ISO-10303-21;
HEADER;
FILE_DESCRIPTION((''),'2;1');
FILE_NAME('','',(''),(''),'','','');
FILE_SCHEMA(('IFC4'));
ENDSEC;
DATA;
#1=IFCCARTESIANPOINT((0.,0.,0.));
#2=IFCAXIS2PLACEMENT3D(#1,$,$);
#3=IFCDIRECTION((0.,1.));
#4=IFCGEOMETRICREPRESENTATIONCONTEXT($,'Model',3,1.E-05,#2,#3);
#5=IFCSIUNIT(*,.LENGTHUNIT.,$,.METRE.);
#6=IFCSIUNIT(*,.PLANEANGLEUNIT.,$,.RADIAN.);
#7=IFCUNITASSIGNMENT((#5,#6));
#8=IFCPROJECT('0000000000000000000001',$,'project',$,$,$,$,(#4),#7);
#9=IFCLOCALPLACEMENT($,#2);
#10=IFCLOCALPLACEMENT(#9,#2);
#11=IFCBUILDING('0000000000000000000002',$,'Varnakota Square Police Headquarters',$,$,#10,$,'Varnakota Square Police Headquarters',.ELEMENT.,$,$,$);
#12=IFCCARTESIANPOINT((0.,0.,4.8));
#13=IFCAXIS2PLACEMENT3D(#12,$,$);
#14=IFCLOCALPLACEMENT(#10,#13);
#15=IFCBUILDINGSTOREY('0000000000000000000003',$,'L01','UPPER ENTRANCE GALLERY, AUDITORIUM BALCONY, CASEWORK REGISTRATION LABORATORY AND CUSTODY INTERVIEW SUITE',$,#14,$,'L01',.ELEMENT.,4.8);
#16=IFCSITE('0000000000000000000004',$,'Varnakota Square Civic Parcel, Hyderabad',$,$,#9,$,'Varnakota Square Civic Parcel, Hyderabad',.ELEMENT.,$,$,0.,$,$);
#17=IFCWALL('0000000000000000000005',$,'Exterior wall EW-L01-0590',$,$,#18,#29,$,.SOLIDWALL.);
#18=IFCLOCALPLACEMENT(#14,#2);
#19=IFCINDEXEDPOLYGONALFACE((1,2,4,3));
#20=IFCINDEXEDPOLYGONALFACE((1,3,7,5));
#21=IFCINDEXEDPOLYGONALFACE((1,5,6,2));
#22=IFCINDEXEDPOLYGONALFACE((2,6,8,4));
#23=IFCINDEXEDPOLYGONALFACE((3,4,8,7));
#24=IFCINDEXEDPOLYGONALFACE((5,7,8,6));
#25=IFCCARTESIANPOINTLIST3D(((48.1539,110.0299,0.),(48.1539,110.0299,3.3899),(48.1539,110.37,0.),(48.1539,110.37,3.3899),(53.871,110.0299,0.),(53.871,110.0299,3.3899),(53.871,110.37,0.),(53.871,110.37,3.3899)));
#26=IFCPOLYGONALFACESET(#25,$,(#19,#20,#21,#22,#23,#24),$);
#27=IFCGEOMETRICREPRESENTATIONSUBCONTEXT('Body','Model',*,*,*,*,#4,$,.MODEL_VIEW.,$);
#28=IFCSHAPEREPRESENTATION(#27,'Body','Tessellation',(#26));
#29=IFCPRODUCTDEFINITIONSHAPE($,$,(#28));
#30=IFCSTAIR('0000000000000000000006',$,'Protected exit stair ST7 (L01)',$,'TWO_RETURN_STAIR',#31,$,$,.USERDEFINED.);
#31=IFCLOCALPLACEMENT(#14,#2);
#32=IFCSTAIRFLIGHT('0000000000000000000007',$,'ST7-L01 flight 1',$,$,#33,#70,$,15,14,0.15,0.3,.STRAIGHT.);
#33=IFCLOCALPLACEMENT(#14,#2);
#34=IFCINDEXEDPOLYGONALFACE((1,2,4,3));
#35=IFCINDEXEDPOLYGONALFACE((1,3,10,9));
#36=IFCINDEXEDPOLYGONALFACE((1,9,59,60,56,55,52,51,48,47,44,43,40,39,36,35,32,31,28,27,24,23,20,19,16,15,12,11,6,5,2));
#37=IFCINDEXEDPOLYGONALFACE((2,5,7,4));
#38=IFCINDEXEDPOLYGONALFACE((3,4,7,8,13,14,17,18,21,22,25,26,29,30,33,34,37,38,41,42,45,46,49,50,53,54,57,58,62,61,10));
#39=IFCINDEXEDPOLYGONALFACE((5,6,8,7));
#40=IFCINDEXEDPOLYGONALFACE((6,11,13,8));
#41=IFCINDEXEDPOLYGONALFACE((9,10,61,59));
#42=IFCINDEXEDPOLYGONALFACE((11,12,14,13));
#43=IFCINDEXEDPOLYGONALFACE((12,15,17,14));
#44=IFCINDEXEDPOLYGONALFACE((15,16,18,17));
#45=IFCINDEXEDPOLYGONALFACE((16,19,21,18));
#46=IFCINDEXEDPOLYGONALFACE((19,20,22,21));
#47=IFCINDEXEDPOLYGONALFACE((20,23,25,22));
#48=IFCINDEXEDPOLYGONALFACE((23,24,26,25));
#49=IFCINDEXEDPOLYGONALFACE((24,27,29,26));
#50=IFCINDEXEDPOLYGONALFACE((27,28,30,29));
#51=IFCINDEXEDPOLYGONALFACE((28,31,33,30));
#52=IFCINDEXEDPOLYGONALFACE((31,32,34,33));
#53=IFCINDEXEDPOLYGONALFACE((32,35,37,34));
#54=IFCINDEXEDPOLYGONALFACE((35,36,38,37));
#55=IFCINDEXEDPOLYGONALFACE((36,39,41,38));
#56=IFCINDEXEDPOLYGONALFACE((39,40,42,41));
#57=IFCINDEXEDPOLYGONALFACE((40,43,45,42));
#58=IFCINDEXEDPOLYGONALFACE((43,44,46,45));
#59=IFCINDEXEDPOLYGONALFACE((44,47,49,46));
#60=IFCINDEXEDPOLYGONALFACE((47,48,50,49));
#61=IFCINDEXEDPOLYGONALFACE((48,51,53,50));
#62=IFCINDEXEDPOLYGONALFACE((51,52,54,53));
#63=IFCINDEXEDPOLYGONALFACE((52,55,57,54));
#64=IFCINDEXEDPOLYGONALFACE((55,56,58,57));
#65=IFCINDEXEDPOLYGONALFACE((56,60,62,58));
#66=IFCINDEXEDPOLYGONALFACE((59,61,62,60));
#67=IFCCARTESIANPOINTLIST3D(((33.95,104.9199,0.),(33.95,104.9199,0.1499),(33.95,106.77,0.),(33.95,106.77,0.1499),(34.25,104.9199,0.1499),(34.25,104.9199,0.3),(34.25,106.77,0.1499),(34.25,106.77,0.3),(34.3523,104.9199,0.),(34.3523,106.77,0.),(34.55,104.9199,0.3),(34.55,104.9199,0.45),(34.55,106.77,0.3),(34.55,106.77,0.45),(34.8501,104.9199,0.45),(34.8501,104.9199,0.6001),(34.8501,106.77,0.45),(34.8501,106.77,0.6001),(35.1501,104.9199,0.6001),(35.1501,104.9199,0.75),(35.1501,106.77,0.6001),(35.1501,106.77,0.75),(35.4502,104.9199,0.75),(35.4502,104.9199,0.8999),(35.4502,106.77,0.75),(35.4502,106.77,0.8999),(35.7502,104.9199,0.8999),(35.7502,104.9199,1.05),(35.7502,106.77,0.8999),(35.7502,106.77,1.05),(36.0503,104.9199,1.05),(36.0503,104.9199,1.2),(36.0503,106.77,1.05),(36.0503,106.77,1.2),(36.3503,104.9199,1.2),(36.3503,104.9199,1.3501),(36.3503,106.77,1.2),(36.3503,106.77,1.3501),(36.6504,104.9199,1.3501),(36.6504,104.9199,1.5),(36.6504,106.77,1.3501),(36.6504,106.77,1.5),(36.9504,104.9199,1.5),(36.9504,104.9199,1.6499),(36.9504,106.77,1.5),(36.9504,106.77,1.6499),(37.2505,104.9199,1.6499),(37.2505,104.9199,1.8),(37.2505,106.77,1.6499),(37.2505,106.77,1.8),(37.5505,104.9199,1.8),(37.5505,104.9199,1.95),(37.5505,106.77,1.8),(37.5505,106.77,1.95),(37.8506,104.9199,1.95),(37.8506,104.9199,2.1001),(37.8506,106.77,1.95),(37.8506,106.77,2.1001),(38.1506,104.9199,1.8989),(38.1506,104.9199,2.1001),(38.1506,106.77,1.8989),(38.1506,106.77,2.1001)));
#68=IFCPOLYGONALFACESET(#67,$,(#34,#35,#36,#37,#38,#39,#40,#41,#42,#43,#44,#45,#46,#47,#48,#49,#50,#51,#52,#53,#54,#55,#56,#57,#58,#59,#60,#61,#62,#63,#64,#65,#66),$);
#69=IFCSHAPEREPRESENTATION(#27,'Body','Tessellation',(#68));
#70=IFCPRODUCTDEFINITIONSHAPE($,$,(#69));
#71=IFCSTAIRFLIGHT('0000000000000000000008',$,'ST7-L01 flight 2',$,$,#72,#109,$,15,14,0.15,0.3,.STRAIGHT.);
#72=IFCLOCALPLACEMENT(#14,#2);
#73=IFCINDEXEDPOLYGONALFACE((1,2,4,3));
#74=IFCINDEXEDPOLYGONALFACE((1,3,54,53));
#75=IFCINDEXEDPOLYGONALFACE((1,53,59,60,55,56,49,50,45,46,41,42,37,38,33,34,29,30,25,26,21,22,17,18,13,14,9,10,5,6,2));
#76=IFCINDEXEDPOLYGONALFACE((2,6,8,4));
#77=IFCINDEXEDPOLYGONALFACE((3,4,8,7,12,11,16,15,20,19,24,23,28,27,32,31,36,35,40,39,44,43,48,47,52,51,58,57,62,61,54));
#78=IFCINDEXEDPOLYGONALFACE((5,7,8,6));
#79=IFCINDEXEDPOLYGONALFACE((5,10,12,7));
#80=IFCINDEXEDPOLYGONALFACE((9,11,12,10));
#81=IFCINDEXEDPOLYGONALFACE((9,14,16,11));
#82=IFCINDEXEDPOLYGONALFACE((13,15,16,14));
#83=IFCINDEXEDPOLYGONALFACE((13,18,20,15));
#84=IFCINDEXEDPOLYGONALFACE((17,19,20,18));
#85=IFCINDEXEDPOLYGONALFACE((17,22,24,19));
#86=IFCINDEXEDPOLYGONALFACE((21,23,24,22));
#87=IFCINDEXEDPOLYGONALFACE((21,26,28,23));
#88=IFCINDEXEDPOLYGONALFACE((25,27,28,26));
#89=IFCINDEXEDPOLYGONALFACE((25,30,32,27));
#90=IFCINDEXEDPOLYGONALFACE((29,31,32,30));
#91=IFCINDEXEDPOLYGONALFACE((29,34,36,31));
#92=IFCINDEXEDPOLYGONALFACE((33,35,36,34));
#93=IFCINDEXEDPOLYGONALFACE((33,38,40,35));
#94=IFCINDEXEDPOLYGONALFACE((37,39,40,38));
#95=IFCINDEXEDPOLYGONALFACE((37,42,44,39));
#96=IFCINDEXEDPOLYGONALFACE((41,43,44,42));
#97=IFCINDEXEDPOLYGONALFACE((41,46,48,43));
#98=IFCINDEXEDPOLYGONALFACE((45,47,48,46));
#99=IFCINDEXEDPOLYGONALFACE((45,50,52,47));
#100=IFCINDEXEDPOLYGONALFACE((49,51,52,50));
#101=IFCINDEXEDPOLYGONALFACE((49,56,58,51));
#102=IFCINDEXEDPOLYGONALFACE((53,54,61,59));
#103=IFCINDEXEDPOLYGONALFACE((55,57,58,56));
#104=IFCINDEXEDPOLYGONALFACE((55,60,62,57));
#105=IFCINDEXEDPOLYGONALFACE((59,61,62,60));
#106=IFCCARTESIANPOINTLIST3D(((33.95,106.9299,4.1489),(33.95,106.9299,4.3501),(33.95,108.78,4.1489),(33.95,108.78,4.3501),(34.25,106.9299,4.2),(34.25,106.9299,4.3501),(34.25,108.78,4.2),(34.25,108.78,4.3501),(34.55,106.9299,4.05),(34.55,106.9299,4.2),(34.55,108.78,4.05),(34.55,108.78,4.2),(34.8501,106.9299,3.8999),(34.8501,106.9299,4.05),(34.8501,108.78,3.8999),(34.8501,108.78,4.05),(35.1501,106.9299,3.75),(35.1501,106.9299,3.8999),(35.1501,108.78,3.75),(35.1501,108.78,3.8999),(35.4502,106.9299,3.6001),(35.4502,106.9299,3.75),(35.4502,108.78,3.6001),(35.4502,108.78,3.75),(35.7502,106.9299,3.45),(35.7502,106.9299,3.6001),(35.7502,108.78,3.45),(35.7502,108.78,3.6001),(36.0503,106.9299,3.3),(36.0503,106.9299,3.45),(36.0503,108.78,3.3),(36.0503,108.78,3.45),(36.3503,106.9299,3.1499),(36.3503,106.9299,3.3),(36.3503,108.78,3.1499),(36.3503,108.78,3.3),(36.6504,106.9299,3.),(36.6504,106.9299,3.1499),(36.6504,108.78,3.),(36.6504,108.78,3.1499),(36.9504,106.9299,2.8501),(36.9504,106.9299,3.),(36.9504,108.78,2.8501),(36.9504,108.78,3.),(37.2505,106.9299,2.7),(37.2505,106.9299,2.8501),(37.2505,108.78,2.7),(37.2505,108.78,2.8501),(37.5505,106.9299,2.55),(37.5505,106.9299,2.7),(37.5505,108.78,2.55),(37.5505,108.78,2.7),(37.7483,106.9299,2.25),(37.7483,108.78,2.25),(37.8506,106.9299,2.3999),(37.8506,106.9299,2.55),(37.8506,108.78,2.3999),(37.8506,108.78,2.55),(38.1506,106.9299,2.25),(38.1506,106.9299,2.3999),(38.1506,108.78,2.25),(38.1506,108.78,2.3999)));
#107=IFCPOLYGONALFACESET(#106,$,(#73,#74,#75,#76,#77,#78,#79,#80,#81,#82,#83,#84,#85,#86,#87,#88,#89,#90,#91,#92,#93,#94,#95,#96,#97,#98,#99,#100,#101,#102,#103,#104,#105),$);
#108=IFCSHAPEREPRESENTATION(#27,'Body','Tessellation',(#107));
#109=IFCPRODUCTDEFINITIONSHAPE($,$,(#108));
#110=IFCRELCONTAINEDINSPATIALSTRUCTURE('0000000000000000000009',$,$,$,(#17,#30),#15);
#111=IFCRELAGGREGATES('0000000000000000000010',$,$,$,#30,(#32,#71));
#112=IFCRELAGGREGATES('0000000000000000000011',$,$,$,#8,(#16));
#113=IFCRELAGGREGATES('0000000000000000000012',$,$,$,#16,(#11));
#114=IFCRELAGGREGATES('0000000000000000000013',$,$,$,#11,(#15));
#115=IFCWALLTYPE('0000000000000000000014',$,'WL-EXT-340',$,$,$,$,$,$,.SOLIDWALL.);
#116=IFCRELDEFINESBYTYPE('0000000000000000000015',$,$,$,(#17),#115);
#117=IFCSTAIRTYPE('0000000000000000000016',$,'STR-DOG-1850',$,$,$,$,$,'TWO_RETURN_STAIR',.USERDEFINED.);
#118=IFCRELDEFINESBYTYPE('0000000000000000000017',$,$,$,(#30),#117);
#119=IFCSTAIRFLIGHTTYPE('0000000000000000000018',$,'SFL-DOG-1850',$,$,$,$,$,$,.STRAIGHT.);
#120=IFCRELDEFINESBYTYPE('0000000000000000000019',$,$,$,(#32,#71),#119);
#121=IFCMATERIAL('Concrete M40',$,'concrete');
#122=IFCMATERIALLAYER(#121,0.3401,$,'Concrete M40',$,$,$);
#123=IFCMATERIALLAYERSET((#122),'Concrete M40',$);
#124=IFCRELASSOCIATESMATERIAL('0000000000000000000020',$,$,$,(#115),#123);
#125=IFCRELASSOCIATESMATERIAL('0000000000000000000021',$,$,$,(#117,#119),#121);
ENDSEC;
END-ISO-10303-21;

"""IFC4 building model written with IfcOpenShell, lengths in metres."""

from ifc_helpers import new_model, si_unit, direction, frame, frame_2d, origin, place, context, subcontext, project, spatial, polyline, rectangle, outline, extrude, material, layer, layer_set, type_object, element, aggregate, save


model = new_model("IFC4")

# Units and contexts
model_context = context("Model", 3, precision=1e-05, world=origin(), true_north=direction((0.0, 1.0)))
body_context = subcontext(model_context, "Body", "Model", "MODEL_VIEW")
ifc_project = project(units=[si_unit("LENGTHUNIT", "METRE"), si_unit("PLANEANGLEUNIT", "RADIAN")], contexts=[model_context])

# Site, building, storey
site_placement = place(None, origin())
site = spatial("IfcSite", under=ifc_project, at=site_placement, Name="Varnakota Square Civic Parcel, Hyderabad", LongName="Varnakota Square Civic Parcel, Hyderabad", CompositionType="ELEMENT", RefElevation=0.0)
building_placement = place(site_placement, origin())
building = spatial("IfcBuilding", under=site, at=building_placement, Name="Varnakota Square Police Headquarters", LongName="Varnakota Square Police Headquarters", CompositionType="ELEMENT")
storey_placement = place(building_placement, frame((0.0, 0.0, 4.8)))
storey = spatial("IfcBuildingStorey", under=building, at=storey_placement, Name="L01", Description="UPPER ENTRANCE GALLERY, AUDITORIUM BALCONY, CASEWORK REGISTRATION LABORATORY AND CUSTODY INTERVIEW SUITE", LongName="L01", CompositionType="ELEMENT", Elevation=4.8)

# Wall
ifc_material_1 = material(Name="Concrete M40", Category="concrete")
ifc_layer_1 = layer(ifc_material_1, 0.3401, Name="Concrete M40")
ifc_layer_set_1 = layer_set([ifc_layer_1], Name="Concrete M40")
wall_type_1 = type_object("IfcWallType", Name="WL-EXT-340", PredefinedType="SOLIDWALL", material=ifc_layer_set_1)
wall_1_placement = place(storey_placement, frame((48.1541, 110.2, 0.0), z_axis=(0.0, 0.0, 1.0), x_axis=(1.0, 0.0, 0.0)))
element("IfcWall", 1, at=wall_1_placement, inside=storey, type_object=wall_type_1, Name="Exterior wall EW-L01-0590", PredefinedType="SOLIDWALL", context=body_context, shape_type="SweptSolid", body=[
    extrude(rectangle(XDim=5.717, YDim=0.3401, at=frame_2d((2.8584, 0.0))), origin(), (0.0, 0.0, 1.0), 3.3899),
])

# Stair, stair flights
stair_type = type_object("IfcStairType", Name="STR-DOG-1850", ElementType="TWO_RETURN_STAIR", PredefinedType="USERDEFINED", material=ifc_material_1)
stair_placement = place(storey_placement, origin())
stair = element("IfcStair", 2, at=stair_placement, inside=storey, type_object=stair_type, Name="Protected exit stair ST7 (L01)", ObjectType="TWO_RETURN_STAIR", PredefinedType="USERDEFINED")
stair_flight_type = type_object("IfcStairFlightType", Name="SFL-DOG-1850", PredefinedType="STRAIGHT", material=ifc_material_1)
stair_flight_1_placement = place(storey_placement, frame((33.95, 105.845, 0.0), z_axis=(0.0, 0.0, 1.0), x_axis=(1.0, 0.0, 0.0)))
stair_flight_1 = element("IfcStairFlight", 3, at=stair_flight_1_placement, type_object=stair_flight_type, Name="ST7-L01 flight 1", NumberOfRisers=15, NumberOfTreads=14, PredefinedType="STRAIGHT", RiserHeight=0.15, TreadLength=0.3, context=body_context, shape_type="SweptSolid", body=[
    extrude(outline(polyline([(0.0, 0.0), (0.0, 0.1499), (0.3, 0.1499), (0.3, 0.3), (0.6001, 0.3), (0.6001, 0.45), (0.9001, 0.45), (0.9001, 0.6001), (1.2002, 0.6001), (1.2002, 0.75), (1.5002, 0.75), (1.5002, 0.8999), (1.8003, 0.8999), (1.8003, 1.05), (2.1003, 1.05), (2.1003, 1.2), (2.4004, 1.2), (2.4004, 1.3501), (2.7004, 1.3501), (2.7004, 1.5), (3.0005, 1.5), (3.0005, 1.6499), (3.3005, 1.6499), (3.3005, 1.8), (3.6006, 1.8), (3.6006, 1.95), (3.9006, 1.95), (3.9006, 2.1001), (4.2007, 2.1001), (4.2007, 2.25), (4.2007, 1.8989), (0.4023, 0.0), (0.0, 0.0)])), frame((0.0, 0.925, 0.0), z_axis=(0.0, -1.0, 0.0), x_axis=(1.0, 0.0, 0.0)), (0.0, 0.0, 1.0), 1.8501),
])
stair_flight_2_placement = place(storey_placement, frame((38.1506, 107.855, 2.25), z_axis=(0.0, 0.0, 1.0), x_axis=(-1.0, 0.0, 0.0)))
stair_flight_2 = element("IfcStairFlight", 4, at=stair_flight_2_placement, type_object=stair_flight_type, Name="ST7-L01 flight 2", NumberOfRisers=15, NumberOfTreads=14, PredefinedType="STRAIGHT", RiserHeight=0.15, TreadLength=0.3, context=body_context, shape_type="SweptSolid", body=[
    extrude(outline(polyline([(0.0, 0.0), (0.0, 0.1499), (0.3, 0.1499), (0.3, 0.3), (0.6001, 0.3), (0.6001, 0.45), (0.9001, 0.45), (0.9001, 0.6001), (1.2002, 0.6001), (1.2002, 0.75), (1.5002, 0.75), (1.5002, 0.8999), (1.8003, 0.8999), (1.8003, 1.05), (2.1003, 1.05), (2.1003, 1.2), (2.4004, 1.2), (2.4004, 1.3501), (2.7004, 1.3501), (2.7004, 1.5), (3.0005, 1.5), (3.0005, 1.6499), (3.3005, 1.6499), (3.3005, 1.8), (3.6006, 1.8), (3.6006, 1.95), (3.9006, 1.95), (3.9006, 2.1001), (4.2007, 2.1001), (4.2007, 2.25), (4.2007, 1.8989), (0.4023, 0.0), (0.0, 0.0)])), frame((0.0, 0.925, 0.0), z_axis=(0.0, -1.0, 0.0), x_axis=(1.0, 0.0, 0.0)), (0.0, 0.0, 1.0), 1.8501),
])
aggregate(stair, [stair_flight_1, stair_flight_2])

save(model, "model.ifc")
